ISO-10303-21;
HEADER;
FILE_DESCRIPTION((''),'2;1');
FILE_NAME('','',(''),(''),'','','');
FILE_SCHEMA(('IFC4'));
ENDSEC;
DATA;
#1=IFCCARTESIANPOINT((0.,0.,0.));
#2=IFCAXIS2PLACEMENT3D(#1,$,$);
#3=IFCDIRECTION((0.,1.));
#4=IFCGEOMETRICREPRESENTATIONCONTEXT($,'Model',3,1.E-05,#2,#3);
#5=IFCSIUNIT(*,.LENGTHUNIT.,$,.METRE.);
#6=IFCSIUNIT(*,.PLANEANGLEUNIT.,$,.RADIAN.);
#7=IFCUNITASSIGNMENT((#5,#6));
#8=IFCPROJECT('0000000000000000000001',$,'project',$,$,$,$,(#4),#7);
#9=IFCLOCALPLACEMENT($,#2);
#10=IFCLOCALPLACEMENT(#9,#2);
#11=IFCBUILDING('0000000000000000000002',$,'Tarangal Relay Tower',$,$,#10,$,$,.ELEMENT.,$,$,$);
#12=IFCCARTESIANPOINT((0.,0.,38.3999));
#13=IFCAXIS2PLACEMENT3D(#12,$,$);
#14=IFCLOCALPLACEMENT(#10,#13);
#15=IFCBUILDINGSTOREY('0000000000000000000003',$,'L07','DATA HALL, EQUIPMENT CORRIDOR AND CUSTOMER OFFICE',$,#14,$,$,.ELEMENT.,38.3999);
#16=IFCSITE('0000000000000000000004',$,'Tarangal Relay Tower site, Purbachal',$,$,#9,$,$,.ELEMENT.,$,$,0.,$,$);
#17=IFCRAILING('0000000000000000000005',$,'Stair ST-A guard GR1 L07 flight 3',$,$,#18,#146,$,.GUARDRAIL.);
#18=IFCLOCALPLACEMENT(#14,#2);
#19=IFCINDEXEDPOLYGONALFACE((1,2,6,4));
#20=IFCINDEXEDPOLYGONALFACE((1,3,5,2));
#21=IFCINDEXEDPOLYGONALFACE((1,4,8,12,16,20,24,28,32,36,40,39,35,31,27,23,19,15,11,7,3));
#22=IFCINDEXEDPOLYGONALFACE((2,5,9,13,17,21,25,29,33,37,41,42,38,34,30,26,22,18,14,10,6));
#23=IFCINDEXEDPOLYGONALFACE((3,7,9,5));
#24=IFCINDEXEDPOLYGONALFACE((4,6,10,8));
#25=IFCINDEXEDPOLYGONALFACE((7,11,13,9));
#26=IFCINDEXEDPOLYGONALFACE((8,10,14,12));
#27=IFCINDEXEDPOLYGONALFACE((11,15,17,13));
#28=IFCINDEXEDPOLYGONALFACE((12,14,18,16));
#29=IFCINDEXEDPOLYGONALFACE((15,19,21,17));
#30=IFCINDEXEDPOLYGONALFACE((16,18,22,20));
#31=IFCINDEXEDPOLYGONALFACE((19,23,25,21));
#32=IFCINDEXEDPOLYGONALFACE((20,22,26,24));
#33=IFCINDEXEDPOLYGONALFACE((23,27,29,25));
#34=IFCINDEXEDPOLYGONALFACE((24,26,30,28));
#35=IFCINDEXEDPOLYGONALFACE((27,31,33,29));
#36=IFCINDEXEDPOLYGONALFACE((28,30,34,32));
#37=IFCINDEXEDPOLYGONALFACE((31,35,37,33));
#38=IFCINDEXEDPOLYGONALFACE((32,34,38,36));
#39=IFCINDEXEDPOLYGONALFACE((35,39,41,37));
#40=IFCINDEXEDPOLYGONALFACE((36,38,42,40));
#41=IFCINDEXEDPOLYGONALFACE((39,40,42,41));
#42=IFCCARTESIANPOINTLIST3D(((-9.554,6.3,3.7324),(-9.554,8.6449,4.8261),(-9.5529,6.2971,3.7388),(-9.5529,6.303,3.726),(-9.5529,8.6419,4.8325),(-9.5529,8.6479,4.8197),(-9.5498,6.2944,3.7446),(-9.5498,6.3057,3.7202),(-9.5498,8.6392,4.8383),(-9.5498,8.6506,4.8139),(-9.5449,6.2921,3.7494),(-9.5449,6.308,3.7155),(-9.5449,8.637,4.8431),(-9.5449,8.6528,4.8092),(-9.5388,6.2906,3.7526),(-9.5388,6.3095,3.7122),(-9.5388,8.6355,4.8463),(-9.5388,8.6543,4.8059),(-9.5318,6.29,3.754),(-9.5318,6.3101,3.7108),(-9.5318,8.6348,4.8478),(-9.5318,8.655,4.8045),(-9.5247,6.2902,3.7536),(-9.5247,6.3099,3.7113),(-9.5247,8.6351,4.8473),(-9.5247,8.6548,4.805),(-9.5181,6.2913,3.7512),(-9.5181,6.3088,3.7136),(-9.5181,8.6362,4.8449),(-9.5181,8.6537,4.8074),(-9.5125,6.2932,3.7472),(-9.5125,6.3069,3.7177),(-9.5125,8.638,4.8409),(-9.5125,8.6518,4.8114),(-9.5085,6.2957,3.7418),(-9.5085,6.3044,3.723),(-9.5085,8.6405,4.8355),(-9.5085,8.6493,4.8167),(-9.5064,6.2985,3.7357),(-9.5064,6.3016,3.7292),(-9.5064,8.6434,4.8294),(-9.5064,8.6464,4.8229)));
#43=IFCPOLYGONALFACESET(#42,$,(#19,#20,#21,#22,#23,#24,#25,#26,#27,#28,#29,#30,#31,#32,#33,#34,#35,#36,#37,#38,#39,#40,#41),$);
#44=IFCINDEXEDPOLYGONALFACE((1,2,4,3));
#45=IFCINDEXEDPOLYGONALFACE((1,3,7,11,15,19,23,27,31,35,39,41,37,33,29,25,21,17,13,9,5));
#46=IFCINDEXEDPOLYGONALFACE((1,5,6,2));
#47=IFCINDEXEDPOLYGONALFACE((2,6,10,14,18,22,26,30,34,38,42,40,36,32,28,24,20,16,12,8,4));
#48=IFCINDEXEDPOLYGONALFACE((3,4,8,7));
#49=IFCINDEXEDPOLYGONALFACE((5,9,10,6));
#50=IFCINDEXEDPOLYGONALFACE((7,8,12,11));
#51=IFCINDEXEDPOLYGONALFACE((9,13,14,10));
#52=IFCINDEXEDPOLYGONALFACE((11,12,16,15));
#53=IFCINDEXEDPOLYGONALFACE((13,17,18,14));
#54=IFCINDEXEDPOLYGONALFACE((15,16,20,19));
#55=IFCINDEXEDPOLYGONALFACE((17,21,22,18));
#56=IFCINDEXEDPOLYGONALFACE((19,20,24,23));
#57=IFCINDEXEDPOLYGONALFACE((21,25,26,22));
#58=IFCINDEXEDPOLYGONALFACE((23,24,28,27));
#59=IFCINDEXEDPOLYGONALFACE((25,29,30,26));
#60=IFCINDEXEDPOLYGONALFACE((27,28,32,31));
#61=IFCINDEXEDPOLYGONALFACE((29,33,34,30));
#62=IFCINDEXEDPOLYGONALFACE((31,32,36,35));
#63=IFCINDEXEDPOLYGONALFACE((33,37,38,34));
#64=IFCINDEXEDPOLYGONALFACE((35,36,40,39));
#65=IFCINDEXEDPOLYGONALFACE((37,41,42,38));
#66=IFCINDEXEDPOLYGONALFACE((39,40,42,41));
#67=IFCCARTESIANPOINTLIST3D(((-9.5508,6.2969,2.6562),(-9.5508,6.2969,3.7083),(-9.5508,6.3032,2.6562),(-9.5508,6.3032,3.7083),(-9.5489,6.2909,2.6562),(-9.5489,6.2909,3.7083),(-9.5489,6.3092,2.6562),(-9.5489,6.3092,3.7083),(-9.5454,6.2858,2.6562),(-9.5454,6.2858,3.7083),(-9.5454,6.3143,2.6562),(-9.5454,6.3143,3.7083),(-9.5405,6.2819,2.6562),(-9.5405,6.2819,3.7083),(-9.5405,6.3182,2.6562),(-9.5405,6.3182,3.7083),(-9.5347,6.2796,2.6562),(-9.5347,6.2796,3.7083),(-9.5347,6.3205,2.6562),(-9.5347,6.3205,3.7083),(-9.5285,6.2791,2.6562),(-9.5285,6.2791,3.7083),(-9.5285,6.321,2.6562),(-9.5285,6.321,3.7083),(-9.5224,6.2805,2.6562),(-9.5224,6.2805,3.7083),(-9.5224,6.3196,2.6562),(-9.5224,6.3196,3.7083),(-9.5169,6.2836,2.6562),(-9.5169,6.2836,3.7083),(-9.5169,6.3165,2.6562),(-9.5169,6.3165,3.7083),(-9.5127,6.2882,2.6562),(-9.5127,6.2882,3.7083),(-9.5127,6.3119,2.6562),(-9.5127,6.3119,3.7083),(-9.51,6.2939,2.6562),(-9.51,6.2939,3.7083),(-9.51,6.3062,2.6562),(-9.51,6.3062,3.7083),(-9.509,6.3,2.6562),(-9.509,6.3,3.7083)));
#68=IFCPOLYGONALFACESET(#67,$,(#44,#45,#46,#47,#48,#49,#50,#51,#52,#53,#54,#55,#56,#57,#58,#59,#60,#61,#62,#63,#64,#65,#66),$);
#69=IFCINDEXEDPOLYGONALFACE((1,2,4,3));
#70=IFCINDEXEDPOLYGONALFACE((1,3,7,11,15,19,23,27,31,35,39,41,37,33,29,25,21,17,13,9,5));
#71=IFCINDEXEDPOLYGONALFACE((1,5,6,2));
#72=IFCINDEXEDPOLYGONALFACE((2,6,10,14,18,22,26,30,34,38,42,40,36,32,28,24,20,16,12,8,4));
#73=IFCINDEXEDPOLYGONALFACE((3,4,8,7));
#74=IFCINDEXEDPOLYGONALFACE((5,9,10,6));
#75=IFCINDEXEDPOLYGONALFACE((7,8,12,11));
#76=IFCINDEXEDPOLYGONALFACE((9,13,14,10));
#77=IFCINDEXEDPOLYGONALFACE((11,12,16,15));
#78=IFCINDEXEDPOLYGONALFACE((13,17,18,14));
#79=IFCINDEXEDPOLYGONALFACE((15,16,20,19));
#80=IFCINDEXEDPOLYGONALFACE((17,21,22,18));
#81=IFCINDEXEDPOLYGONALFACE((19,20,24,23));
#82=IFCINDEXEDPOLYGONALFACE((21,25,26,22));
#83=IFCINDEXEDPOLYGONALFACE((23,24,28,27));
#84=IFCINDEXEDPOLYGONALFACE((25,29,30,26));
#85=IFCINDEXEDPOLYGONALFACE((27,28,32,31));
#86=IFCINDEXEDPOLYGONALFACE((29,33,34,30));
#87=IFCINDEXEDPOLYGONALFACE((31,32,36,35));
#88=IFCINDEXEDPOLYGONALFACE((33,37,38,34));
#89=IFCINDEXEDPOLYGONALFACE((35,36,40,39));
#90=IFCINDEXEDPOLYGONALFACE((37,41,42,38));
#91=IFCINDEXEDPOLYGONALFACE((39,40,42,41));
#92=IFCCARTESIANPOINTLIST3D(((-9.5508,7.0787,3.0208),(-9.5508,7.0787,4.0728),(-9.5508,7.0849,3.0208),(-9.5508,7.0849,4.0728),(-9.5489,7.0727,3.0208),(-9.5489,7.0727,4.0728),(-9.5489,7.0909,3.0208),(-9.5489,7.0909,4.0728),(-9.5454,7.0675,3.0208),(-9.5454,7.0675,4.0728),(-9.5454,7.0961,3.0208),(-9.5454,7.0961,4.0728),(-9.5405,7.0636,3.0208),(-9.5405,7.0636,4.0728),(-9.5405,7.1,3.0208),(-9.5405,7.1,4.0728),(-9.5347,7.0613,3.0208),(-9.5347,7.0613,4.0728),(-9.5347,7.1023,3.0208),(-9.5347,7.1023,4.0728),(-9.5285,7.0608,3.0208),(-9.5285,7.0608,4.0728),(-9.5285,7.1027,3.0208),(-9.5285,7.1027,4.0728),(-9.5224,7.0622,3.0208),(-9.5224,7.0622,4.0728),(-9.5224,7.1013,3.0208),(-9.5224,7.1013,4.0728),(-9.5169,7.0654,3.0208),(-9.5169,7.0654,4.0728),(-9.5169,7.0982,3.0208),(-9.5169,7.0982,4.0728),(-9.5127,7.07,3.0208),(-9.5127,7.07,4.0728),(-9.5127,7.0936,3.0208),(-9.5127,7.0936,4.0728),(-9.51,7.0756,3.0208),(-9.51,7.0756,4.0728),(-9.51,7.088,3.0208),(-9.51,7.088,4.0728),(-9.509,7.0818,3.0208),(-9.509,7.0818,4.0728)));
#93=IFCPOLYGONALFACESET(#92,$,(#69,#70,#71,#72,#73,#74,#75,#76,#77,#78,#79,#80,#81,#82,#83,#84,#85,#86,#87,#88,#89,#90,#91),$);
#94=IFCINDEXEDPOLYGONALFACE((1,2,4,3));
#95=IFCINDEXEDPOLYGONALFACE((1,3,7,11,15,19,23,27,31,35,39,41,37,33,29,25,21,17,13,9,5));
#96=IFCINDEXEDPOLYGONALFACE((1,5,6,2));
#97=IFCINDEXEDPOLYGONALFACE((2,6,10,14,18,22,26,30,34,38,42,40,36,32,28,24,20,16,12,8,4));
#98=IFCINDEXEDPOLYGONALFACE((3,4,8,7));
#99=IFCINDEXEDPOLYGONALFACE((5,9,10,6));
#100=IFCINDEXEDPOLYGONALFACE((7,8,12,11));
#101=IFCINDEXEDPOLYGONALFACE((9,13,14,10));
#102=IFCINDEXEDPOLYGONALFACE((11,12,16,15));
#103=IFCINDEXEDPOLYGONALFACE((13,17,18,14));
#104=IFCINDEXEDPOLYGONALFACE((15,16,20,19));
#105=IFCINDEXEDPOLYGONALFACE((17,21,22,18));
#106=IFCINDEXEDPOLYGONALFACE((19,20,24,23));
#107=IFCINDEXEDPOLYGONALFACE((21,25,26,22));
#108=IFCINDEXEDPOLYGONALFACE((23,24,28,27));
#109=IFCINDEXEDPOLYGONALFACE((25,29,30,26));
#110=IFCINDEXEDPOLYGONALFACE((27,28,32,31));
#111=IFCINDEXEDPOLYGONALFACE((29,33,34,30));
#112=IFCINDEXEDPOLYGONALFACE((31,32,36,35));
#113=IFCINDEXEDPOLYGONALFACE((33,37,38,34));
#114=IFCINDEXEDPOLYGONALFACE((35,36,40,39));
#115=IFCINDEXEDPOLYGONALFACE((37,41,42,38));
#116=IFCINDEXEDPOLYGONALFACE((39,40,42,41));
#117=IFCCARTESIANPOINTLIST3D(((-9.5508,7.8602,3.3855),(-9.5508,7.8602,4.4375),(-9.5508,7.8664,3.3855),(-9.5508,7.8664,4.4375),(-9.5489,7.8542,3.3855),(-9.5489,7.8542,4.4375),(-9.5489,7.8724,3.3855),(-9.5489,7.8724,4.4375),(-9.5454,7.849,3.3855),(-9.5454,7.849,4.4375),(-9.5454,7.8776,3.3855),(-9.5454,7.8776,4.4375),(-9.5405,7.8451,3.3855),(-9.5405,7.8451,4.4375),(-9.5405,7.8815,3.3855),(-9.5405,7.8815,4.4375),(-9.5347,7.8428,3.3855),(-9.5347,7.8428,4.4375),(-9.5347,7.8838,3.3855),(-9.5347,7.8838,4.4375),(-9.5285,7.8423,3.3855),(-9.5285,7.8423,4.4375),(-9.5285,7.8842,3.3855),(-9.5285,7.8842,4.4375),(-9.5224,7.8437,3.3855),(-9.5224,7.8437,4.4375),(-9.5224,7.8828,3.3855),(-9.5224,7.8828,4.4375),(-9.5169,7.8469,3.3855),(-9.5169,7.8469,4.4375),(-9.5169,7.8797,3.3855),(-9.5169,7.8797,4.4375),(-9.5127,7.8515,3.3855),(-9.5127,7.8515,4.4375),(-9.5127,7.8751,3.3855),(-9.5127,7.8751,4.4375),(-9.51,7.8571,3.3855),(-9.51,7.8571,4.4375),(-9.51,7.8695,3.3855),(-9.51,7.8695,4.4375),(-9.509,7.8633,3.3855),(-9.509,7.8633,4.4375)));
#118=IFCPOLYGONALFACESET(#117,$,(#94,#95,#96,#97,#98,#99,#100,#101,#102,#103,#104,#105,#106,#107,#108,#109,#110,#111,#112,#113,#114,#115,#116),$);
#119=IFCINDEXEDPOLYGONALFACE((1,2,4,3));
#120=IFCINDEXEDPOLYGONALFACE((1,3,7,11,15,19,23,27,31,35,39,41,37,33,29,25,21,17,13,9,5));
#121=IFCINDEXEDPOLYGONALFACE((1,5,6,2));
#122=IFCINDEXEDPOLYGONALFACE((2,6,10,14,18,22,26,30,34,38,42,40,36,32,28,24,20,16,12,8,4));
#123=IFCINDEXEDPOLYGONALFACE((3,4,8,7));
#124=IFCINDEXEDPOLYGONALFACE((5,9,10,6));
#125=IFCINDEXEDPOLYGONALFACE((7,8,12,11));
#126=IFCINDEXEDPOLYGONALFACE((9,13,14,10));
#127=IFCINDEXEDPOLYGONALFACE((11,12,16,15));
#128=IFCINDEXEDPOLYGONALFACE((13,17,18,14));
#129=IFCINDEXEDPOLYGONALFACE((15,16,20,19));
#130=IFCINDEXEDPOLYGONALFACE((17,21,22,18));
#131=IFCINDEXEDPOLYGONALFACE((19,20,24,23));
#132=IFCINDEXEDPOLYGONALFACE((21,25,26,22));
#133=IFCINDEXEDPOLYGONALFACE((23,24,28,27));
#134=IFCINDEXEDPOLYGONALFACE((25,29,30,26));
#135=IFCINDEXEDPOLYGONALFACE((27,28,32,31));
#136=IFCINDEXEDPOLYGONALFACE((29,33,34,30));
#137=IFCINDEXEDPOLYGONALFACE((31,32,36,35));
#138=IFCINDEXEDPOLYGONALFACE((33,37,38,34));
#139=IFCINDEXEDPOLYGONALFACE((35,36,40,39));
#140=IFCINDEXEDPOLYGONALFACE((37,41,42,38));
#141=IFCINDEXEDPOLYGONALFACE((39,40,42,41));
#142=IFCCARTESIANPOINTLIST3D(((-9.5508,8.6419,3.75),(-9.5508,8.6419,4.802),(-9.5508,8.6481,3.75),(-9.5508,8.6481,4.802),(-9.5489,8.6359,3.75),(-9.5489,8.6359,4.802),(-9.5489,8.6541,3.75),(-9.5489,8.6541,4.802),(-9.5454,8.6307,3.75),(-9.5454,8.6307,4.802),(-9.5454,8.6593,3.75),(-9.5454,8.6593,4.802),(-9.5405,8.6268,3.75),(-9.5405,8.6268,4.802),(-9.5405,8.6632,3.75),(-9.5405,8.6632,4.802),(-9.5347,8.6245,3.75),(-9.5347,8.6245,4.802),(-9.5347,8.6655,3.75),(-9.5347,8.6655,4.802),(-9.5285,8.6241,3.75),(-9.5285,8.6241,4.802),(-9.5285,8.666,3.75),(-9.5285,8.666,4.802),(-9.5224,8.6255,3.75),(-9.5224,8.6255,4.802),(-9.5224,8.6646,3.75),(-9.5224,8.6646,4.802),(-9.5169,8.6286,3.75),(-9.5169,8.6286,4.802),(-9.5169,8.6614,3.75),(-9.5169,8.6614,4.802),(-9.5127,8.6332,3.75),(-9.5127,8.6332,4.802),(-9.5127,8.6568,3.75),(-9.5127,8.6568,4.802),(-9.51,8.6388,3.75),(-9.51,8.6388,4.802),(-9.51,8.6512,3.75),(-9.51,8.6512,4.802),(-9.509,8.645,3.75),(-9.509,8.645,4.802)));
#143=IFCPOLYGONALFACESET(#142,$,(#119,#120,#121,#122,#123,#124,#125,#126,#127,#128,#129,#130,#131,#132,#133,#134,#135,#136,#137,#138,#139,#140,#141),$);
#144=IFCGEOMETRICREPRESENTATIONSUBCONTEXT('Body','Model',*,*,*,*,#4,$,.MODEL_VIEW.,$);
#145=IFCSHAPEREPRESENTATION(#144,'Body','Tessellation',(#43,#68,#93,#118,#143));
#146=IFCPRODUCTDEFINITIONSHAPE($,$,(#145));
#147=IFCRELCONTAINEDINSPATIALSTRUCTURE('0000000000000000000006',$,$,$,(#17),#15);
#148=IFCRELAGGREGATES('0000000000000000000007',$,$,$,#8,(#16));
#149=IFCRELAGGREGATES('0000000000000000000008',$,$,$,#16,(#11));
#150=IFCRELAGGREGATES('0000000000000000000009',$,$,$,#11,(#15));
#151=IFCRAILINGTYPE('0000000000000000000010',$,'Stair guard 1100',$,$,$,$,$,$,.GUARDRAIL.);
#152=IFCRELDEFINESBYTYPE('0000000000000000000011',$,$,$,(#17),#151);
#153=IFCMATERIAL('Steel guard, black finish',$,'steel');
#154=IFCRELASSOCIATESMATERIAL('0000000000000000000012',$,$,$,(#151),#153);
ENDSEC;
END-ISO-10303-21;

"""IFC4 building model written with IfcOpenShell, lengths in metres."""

from ifc_helpers import new_model, si_unit, direction, frame, origin, origin_2d, place, context, subcontext, project, spatial, circle, extrude, material, type_object, element, save


model = new_model("IFC4")

# Units and contexts
model_context = context("Model", 3, precision=1e-05, world=origin(), true_north=direction((0.0, 1.0)))
body_context = subcontext(model_context, "Body", "Model", "MODEL_VIEW")
ifc_project = project(units=[si_unit("LENGTHUNIT", "METRE"), si_unit("PLANEANGLEUNIT", "RADIAN")], contexts=[model_context])

# Site, building, storey
site_placement = place(None, origin())
site = spatial("IfcSite", under=ifc_project, at=site_placement, Name="Tarangal Relay Tower site, Purbachal", CompositionType="ELEMENT", RefElevation=0.0)
building_placement = place(site_placement, origin())
building = spatial("IfcBuilding", under=site, at=building_placement, Name="Tarangal Relay Tower", CompositionType="ELEMENT")
storey_placement = place(building_placement, frame((0.0, 0.0, 38.3999)))
storey = spatial("IfcBuildingStorey", under=building, at=storey_placement, Name="L07", Description="DATA HALL, EQUIPMENT CORRIDOR AND CUSTOMER OFFICE", CompositionType="ELEMENT", Elevation=38.3999)

# Railing
ifc_material_1 = material(Name="Steel guard, black finish", Category="steel")
railing_type_1 = type_object("IfcRailingType", Name="Stair guard 1100", PredefinedType="GUARDRAIL", material=ifc_material_1)
railing_1_placement = place(storey_placement, frame((-9.53, 6.3, 2.6562)))
element("IfcRailing", 1, at=railing_1_placement, inside=storey, type_object=railing_type_1, Name="Stair ST-A guard GR1 L07 flight 3", PredefinedType="GUARDRAIL", context=body_context, shape_type="SweptSolid", body=[
    extrude(circle(Radius=0.0239, at=origin_2d()), frame((0.0, 0.0, 1.0762), z_axis=(0.0, 0.906267, 0.422705), x_axis=(-1.0, 0.0, 0.0)), (0.0, 0.0, 1.0), 2.5874),
    extrude(circle(Radius=0.021, at=origin_2d()), origin(), (0.0, 0.0, 1.0), 1.052),
    extrude(circle(Radius=0.021, at=origin_2d()), frame((0.0, 0.7817, 0.3645)), (0.0, 0.0, 1.0), 1.052),
    extrude(circle(Radius=0.021, at=origin_2d()), frame((0.0, 1.5632, 0.7292)), (0.0, 0.0, 1.0), 1.052),
    extrude(circle(Radius=0.021, at=origin_2d()), frame((0.0, 2.345, 1.0938)), (0.0, 0.0, 1.0), 1.052),
])

save(model, "model.ifc")
